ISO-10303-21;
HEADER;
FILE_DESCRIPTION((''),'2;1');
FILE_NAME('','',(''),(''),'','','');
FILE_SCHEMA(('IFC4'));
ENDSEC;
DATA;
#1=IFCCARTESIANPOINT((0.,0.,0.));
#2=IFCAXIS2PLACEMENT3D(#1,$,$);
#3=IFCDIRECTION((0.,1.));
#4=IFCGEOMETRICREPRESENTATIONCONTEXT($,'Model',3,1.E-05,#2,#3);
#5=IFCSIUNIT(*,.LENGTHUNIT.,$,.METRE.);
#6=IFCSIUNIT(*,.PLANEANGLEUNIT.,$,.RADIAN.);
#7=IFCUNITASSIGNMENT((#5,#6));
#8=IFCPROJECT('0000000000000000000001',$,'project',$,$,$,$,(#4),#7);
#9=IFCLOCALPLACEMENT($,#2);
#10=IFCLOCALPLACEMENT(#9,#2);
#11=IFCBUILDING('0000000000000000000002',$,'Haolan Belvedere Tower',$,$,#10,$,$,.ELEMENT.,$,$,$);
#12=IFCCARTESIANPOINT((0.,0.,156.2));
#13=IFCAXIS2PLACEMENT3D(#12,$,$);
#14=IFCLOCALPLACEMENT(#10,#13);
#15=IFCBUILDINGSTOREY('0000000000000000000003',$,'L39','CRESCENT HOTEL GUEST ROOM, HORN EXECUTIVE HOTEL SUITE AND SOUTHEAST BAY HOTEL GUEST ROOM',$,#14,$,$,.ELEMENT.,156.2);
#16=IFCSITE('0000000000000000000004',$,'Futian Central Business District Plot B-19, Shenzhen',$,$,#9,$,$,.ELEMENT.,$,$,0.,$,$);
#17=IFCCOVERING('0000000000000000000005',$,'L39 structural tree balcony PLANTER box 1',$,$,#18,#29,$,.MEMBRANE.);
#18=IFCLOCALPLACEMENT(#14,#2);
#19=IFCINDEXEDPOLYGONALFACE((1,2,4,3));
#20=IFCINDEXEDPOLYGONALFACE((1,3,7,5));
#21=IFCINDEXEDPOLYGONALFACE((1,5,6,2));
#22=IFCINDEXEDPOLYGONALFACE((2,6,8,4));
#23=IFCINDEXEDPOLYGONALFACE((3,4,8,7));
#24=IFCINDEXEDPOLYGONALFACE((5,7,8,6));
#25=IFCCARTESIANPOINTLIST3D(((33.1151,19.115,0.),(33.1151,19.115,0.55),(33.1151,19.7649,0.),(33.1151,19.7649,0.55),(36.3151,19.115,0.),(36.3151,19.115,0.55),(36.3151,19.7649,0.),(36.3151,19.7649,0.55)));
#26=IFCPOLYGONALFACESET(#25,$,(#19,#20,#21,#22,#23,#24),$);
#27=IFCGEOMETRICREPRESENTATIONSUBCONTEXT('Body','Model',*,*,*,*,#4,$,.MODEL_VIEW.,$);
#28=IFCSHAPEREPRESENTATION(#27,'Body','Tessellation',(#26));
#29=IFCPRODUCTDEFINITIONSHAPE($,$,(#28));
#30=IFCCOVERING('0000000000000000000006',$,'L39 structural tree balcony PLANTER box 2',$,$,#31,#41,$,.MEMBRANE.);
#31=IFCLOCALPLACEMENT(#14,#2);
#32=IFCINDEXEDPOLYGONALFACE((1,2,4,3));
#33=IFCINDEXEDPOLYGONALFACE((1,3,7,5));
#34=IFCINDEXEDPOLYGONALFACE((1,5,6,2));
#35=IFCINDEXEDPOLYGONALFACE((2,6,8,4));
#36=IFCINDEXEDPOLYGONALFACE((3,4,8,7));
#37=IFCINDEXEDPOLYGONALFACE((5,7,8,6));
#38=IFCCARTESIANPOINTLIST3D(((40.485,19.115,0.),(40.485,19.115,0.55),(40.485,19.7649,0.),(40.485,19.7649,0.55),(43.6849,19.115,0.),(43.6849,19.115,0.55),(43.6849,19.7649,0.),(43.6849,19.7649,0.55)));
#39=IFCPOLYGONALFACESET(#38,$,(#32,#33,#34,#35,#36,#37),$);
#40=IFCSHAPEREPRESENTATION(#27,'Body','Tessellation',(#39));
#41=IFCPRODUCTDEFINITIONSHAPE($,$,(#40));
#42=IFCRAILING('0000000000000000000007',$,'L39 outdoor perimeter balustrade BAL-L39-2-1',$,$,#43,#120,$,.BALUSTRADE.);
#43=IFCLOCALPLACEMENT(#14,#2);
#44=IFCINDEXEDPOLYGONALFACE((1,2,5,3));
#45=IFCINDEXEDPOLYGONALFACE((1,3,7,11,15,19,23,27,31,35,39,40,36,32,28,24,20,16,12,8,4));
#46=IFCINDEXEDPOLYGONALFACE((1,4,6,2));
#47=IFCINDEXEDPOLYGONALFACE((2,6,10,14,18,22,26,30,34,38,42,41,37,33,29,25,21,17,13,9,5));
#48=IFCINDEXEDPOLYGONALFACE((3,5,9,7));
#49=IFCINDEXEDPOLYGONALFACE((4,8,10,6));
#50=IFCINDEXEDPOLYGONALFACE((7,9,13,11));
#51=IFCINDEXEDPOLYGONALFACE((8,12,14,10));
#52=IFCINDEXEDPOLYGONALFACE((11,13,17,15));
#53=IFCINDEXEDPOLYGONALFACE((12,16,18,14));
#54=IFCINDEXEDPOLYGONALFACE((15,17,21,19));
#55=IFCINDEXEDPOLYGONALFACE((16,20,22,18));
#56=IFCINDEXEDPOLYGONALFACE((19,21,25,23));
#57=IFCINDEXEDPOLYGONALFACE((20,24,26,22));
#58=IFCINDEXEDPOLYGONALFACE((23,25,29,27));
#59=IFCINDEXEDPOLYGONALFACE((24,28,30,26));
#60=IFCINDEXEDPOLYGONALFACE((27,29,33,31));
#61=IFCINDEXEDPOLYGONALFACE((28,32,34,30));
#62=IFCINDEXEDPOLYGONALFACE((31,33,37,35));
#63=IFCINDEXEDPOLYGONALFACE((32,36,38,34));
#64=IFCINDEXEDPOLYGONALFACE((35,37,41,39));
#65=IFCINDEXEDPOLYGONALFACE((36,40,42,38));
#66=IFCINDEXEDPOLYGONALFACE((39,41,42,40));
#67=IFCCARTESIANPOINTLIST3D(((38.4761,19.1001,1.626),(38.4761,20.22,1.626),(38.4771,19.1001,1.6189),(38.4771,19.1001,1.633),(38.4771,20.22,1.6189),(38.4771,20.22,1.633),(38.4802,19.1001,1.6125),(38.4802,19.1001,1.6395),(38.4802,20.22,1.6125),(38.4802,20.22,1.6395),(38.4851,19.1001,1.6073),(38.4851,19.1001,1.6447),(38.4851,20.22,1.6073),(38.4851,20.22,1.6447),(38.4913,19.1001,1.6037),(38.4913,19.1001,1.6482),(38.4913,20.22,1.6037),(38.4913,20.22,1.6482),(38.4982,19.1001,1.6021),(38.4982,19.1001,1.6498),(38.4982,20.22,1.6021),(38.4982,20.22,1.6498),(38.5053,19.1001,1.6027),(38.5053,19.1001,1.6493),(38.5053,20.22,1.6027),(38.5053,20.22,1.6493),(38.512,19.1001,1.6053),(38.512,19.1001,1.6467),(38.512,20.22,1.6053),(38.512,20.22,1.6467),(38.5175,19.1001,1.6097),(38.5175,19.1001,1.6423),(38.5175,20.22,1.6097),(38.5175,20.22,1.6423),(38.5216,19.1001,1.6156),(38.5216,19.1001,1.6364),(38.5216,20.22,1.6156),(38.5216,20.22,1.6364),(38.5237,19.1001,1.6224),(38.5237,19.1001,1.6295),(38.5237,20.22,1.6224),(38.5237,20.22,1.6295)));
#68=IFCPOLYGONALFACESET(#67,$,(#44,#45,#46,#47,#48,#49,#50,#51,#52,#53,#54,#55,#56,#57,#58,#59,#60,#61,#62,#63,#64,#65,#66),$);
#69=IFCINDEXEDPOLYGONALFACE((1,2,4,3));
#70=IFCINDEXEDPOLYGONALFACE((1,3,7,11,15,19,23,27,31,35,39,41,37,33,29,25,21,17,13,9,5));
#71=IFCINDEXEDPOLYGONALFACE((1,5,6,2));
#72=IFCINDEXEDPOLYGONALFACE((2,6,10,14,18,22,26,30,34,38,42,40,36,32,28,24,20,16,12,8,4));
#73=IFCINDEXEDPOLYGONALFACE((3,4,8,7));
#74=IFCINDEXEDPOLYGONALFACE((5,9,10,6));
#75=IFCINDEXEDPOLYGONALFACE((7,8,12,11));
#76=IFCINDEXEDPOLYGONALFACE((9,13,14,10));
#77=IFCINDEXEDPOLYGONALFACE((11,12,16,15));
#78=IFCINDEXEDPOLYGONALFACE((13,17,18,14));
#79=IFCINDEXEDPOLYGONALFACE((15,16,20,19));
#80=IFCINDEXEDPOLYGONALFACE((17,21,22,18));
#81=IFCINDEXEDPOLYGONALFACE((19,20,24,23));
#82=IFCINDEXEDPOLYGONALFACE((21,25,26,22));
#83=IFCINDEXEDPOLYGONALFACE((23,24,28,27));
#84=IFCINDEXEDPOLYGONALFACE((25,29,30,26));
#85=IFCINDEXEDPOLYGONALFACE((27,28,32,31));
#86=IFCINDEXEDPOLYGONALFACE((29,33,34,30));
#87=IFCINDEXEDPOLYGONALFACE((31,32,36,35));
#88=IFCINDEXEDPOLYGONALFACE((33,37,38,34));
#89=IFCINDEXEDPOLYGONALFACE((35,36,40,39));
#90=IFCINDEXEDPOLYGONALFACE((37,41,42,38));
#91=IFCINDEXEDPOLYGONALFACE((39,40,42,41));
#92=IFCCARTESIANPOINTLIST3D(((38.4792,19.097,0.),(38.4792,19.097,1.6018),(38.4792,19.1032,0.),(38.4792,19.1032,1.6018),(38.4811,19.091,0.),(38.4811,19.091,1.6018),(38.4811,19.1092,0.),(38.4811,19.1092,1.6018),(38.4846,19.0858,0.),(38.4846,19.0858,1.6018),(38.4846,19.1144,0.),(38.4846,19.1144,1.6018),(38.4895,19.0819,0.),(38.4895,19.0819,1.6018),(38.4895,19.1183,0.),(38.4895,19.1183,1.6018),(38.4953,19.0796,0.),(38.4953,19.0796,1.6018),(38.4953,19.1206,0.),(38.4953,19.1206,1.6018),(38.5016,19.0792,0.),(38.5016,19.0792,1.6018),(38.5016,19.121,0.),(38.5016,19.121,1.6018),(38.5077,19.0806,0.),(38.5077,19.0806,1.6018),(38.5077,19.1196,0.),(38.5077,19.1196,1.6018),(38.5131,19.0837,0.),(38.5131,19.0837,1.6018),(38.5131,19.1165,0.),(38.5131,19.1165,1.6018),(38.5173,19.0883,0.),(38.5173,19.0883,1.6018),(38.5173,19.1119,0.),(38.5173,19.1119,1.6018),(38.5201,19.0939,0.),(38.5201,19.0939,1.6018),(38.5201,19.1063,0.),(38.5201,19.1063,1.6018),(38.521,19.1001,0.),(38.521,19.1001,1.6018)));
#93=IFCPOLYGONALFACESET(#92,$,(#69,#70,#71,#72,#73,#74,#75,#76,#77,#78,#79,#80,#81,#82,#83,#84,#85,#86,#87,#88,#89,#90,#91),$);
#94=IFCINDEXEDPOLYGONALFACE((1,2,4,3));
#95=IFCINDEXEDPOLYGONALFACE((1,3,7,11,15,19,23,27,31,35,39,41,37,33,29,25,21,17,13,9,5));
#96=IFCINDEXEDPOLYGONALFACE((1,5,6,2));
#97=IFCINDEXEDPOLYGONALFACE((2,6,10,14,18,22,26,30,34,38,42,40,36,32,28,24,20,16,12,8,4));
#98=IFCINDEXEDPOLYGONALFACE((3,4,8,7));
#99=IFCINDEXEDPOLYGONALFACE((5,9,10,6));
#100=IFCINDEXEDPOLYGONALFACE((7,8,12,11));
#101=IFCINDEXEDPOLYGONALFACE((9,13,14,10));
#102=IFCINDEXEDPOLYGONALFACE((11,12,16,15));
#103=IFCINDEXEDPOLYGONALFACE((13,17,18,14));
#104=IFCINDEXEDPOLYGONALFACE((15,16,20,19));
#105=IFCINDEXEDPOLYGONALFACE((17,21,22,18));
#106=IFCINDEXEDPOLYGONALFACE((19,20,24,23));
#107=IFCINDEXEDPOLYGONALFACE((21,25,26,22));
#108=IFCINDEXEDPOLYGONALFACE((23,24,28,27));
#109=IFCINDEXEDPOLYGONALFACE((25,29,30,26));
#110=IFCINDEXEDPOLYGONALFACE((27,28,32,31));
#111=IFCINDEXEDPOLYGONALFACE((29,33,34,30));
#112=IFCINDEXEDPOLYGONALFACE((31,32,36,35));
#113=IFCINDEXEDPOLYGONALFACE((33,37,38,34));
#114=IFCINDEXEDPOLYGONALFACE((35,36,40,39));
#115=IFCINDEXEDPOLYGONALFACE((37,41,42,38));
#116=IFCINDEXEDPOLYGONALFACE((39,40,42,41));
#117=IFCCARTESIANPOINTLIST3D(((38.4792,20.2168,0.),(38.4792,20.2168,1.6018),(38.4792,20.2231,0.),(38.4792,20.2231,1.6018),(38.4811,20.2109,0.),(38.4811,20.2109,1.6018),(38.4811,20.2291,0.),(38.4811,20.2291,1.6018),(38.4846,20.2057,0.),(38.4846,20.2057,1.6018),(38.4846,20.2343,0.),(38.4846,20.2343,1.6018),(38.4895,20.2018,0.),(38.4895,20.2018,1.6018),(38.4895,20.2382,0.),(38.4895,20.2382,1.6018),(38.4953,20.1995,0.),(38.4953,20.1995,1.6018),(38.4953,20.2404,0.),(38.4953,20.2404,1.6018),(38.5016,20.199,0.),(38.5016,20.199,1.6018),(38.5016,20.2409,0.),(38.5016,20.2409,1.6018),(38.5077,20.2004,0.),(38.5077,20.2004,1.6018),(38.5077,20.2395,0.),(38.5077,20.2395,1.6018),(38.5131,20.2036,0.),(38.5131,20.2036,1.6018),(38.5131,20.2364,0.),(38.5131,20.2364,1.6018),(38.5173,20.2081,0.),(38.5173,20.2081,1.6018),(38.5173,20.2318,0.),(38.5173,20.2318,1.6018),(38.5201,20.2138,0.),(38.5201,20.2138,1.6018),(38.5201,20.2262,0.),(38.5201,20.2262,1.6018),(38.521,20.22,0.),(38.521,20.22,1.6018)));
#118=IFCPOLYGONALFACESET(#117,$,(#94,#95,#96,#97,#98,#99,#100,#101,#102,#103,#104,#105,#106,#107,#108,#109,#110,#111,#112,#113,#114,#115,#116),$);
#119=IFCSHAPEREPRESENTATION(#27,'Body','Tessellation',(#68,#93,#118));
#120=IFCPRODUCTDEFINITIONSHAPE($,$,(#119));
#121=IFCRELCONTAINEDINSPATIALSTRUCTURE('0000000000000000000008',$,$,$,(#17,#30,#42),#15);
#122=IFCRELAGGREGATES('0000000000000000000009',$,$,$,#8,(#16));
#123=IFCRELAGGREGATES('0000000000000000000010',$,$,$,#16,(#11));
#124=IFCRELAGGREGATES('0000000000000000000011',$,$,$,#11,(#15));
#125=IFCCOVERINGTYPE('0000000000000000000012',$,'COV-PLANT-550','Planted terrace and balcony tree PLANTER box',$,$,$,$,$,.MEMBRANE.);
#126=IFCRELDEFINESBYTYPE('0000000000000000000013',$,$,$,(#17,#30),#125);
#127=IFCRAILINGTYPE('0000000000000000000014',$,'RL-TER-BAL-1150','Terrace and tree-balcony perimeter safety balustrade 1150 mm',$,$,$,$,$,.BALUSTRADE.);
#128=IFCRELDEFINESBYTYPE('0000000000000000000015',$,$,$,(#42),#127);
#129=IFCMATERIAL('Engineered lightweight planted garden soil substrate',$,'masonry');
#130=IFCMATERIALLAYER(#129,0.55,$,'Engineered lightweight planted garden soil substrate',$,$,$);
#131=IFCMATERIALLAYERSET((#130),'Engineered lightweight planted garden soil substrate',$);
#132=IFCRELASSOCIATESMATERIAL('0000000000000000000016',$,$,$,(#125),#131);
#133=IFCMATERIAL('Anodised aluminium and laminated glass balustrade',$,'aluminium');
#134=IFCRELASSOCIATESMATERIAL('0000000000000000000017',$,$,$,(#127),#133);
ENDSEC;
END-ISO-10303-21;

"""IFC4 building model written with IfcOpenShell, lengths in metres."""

from ifc_helpers import new_model, si_unit, direction, frame, origin, origin_2d, place, context, subcontext, project, spatial, rectangle, circle, extrude, material, layer, layer_set, type_object, element, save


model = new_model("IFC4")

# Units and contexts
model_context = context("Model", 3, precision=1e-05, world=origin(), true_north=direction((0.0, 1.0)))
body_context = subcontext(model_context, "Body", "Model", "MODEL_VIEW")
ifc_project = project(units=[si_unit("LENGTHUNIT", "METRE"), si_unit("PLANEANGLEUNIT", "RADIAN")], contexts=[model_context])

# Site, building, storey
site_placement = place(None, origin())
site = spatial("IfcSite", under=ifc_project, at=site_placement, Name="Futian Central Business District Plot B-19, Shenzhen", CompositionType="ELEMENT", RefElevation=0.0)
building_placement = place(site_placement, origin())
building = spatial("IfcBuilding", under=site, at=building_placement, Name="Haolan Belvedere Tower", CompositionType="ELEMENT")
storey_placement = place(building_placement, frame((0.0, 0.0, 156.2)))
storey = spatial("IfcBuildingStorey", under=building, at=storey_placement, Name="L39", Description="CRESCENT HOTEL GUEST ROOM, HORN EXECUTIVE HOTEL SUITE AND SOUTHEAST BAY HOTEL GUEST ROOM", CompositionType="ELEMENT", Elevation=156.2)

# Coverings
ifc_material_1 = material(Name="Engineered lightweight planted garden soil substrate", Category="masonry")
ifc_layer_1 = layer(ifc_material_1, 0.55, Name="Engineered lightweight planted garden soil substrate")
ifc_layer_set_1 = layer_set([ifc_layer_1], Name="Engineered lightweight planted garden soil substrate")
covering_type = type_object("IfcCoveringType", Name="COV-PLANT-550", Description="Planted terrace and balcony tree PLANTER box", PredefinedType="MEMBRANE", material=ifc_layer_set_1)
for number, where, z_axis, x_axis, name in (
    (1, (34.7151, 19.4399, 0.0), (0.0, 0.0, 1.0), (1.0, 0.0, 0.0), "L39 structural tree balcony PLANTER box 1"),
    (2, (42.085, 19.4399, 0.0), (0.0, 0.0, 1.0), (1.0, 0.0, 0.0), "L39 structural tree balcony PLANTER box 2"),
):
    element("IfcCovering", number, at=place(storey_placement, frame(where, z_axis=z_axis, x_axis=x_axis)), inside=storey, type_object=covering_type, Name=name, PredefinedType="MEMBRANE", context=body_context, shape_type="SweptSolid", body=[
        extrude(rectangle(XDim=3.2, YDim=0.6499, at=origin_2d()), origin(), (0.0, 0.0, 1.0), 0.55),
    ])

# Railing
ifc_material_2 = material(Name="Anodised aluminium and laminated glass balustrade", Category="aluminium")
railing_type = type_object("IfcRailingType", Name="RL-TER-BAL-1150", Description="Terrace and tree-balcony perimeter safety balustrade 1150 mm", PredefinedType="BALUSTRADE", material=ifc_material_2)
railing_1_placement = place(storey_placement, frame((38.5, 19.1001, 0.0)))
element("IfcRailing", 3, at=railing_1_placement, inside=storey, type_object=railing_type, Name="L39 outdoor perimeter balustrade BAL-L39-2-1", PredefinedType="BALUSTRADE", context=body_context, shape_type="SweptSolid", body=[
    extrude(circle(Radius=0.0239, at=origin_2d()), frame((0.0, 0.0, 1.626), z_axis=(0.0, 1.0, 0.0), x_axis=(-1.0, 0.0, 0.0)), (0.0, 0.0, 1.0), 1.1199),
    extrude(circle(Radius=0.021, at=origin_2d()), origin(), (0.0, 0.0, 1.0), 1.6018),
    extrude(circle(Radius=0.021, at=origin_2d()), frame((0.0, 1.1199, 0.0)), (0.0, 0.0, 1.0), 1.6018),
])

save(model, "model.ifc")
